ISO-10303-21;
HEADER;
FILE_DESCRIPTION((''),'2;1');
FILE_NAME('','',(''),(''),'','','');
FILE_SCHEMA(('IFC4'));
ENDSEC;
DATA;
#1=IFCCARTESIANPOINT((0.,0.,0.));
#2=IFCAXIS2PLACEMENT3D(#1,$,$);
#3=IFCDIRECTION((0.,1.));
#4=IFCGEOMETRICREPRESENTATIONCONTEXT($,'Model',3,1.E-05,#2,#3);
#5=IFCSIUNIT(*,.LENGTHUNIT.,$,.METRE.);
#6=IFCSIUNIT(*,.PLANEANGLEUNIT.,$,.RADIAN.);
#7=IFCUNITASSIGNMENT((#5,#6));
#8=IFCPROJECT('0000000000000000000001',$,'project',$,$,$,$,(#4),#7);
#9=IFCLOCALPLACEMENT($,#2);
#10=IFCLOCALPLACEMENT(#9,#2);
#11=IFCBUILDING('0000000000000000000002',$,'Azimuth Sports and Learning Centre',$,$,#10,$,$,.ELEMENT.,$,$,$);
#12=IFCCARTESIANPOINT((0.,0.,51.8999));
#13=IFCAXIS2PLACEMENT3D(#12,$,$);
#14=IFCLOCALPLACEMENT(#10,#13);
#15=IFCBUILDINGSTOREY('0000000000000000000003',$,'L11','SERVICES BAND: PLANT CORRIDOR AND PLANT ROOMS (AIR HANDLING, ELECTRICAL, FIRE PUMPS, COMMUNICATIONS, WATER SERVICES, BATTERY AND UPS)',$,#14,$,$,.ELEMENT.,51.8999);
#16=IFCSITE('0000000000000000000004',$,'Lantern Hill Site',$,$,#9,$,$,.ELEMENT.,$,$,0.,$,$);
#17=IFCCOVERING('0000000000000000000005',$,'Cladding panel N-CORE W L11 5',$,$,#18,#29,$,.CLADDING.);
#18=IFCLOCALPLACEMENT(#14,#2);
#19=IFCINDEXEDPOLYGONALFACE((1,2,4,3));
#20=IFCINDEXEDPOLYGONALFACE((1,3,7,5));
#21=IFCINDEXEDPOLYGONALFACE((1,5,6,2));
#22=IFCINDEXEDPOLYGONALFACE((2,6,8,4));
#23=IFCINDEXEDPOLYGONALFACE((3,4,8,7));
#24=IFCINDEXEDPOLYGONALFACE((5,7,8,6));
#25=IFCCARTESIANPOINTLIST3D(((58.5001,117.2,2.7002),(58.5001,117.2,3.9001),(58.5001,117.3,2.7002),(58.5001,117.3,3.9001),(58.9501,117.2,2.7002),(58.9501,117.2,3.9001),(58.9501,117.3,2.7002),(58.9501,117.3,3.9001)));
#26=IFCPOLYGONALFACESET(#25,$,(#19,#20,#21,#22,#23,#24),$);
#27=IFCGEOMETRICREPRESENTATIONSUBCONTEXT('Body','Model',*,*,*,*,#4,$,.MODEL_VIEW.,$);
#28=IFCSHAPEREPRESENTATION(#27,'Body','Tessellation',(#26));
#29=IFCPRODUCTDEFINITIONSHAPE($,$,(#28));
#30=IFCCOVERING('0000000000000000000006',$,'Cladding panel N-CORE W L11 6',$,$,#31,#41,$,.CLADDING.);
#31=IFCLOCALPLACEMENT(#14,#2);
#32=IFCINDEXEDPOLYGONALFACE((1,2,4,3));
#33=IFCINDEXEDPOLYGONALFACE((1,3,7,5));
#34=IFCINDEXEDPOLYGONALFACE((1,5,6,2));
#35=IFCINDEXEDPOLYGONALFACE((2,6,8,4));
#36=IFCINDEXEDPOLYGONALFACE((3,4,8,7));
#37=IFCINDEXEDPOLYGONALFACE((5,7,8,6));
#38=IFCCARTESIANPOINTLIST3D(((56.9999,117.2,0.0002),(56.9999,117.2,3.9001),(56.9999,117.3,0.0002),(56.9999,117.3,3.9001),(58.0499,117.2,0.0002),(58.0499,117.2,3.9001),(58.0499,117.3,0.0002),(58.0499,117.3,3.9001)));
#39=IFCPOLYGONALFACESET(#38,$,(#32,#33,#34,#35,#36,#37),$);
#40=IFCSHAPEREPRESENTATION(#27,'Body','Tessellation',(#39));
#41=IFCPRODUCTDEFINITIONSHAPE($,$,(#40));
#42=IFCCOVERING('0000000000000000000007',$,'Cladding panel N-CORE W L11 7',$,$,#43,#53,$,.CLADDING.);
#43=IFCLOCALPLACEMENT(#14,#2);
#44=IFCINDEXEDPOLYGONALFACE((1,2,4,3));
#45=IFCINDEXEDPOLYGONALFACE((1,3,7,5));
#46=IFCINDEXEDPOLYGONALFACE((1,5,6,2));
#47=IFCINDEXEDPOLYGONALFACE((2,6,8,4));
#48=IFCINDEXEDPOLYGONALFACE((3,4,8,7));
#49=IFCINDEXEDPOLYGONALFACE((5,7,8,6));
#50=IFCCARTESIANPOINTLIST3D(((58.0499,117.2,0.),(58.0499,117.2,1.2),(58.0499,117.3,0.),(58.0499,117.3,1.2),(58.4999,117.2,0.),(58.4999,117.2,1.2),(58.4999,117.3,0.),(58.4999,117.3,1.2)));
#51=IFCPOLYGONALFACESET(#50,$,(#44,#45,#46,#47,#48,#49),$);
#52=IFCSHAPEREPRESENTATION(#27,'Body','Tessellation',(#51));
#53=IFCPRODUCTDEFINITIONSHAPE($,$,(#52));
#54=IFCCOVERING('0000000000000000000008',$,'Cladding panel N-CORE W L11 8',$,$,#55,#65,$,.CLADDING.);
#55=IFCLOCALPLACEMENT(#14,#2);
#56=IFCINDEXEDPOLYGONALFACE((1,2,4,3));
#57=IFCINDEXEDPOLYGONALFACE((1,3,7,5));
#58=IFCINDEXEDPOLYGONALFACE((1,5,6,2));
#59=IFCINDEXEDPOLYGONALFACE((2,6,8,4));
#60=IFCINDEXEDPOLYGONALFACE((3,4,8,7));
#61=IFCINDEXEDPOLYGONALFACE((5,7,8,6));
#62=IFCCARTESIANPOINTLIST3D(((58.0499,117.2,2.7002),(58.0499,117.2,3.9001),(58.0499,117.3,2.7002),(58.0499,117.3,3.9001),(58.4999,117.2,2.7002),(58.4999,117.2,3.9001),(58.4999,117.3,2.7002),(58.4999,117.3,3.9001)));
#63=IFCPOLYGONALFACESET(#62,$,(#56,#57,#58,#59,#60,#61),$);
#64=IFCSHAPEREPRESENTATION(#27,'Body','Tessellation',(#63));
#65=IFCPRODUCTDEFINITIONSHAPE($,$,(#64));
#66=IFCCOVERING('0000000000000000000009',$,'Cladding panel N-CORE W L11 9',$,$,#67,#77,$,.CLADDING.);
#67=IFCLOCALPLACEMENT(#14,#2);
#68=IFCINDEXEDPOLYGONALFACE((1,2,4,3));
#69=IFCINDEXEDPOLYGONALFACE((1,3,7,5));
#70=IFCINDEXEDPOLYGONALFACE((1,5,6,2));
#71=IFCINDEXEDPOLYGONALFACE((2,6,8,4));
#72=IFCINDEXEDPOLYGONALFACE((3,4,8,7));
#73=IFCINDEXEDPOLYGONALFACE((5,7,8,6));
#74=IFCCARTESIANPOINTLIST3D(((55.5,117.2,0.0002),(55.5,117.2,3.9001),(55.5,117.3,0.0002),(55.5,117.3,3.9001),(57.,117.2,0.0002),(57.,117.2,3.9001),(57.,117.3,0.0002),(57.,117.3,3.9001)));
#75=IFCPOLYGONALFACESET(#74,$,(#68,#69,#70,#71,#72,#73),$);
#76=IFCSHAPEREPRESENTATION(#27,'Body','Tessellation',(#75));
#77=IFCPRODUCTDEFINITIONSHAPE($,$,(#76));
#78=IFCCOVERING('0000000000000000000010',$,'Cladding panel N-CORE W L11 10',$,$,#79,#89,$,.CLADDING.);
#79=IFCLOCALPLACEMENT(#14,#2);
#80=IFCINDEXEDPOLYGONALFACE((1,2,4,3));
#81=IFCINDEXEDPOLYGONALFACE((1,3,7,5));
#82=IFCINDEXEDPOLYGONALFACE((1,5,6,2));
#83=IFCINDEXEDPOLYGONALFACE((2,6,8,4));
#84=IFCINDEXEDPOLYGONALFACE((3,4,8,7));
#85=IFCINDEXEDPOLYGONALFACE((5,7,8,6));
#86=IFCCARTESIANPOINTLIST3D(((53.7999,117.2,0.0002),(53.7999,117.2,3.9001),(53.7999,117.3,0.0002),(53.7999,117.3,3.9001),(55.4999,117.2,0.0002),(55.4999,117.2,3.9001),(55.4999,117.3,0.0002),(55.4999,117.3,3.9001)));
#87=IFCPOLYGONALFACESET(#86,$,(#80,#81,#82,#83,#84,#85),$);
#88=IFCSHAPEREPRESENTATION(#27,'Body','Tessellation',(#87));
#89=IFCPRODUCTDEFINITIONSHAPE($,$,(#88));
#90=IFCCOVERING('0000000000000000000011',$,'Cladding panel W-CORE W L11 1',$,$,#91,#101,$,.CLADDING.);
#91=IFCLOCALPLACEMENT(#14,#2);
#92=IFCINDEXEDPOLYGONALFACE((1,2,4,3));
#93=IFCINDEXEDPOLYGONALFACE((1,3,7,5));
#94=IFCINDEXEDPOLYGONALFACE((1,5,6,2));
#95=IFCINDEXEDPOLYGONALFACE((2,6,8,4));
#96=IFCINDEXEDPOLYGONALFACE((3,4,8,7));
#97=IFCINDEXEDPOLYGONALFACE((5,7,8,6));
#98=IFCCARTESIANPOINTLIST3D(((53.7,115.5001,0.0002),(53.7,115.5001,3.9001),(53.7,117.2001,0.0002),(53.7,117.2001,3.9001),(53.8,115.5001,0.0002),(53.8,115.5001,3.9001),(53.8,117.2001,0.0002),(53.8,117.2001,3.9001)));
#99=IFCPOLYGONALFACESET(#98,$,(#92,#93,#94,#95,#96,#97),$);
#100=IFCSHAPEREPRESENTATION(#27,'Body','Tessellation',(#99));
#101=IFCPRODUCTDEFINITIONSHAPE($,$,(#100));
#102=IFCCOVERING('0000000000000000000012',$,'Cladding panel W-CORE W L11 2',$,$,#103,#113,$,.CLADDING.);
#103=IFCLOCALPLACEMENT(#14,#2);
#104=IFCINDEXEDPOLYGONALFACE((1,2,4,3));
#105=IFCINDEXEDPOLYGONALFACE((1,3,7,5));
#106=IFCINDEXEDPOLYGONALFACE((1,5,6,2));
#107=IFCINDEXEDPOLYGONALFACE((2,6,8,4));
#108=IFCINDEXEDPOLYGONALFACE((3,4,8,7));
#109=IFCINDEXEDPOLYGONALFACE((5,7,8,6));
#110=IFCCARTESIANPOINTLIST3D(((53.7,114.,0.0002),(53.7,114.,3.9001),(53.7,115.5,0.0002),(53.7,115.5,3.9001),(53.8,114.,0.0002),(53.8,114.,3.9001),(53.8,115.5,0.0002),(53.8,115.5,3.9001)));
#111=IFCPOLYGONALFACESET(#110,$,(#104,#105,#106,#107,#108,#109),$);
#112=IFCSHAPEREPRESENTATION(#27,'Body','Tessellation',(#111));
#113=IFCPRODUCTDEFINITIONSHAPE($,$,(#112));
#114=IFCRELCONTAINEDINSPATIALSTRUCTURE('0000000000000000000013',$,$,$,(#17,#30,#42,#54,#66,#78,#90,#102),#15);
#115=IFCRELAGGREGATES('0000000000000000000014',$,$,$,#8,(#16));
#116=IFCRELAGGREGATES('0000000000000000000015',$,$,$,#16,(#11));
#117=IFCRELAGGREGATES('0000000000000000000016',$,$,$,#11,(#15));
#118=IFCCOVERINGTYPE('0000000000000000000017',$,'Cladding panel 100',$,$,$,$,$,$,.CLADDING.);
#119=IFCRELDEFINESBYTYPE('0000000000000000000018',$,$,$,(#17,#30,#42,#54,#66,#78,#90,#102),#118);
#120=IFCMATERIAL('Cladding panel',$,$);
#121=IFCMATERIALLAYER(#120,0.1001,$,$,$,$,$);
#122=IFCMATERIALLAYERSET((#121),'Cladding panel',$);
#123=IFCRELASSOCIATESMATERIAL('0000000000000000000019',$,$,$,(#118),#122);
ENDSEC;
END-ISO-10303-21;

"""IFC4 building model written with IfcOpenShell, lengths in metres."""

from ifc_helpers import new_model, si_unit, direction, frame, origin, origin_2d, place, context, subcontext, project, spatial, rectangle, extrude, material, layer, layer_set, type_object, element, save


model = new_model("IFC4")

# Units and contexts
model_context = context("Model", 3, precision=1e-05, world=origin(), true_north=direction((0.0, 1.0)))
body_context = subcontext(model_context, "Body", "Model", "MODEL_VIEW")
ifc_project = project(units=[si_unit("LENGTHUNIT", "METRE"), si_unit("PLANEANGLEUNIT", "RADIAN")], contexts=[model_context])

# Site, building, storey
site_placement = place(None, origin())
site = spatial("IfcSite", under=ifc_project, at=site_placement, Name="Lantern Hill Site", CompositionType="ELEMENT", RefElevation=0.0)
building_placement = place(site_placement, origin())
building = spatial("IfcBuilding", under=site, at=building_placement, Name="Azimuth Sports and Learning Centre", CompositionType="ELEMENT")
storey_placement = place(building_placement, frame((0.0, 0.0, 51.8999)))
storey = spatial("IfcBuildingStorey", under=building, at=storey_placement, Name="L11", Description="SERVICES BAND: PLANT CORRIDOR AND PLANT ROOMS (AIR HANDLING, ELECTRICAL, FIRE PUMPS, COMMUNICATIONS, WATER SERVICES, BATTERY AND UPS)", CompositionType="ELEMENT", Elevation=51.8999)

# Coverings
ifc_material_1 = material(Name="Cladding panel")
ifc_layer_1 = layer(ifc_material_1, 0.1001)
ifc_layer_set_1 = layer_set([ifc_layer_1], Name="Cladding panel")
covering_type = type_object("IfcCoveringType", Name="Cladding panel 100", PredefinedType="CLADDING", material=ifc_layer_set_1)
for number, where, z_axis, x_axis, name in (
    (1, (58.7251, 117.25, 2.7002), (0.0, 0.0, 1.0), (-1.0, 0.0, 0.0), "Cladding panel N-CORE W L11 5"),
):
    element("IfcCovering", number, at=place(storey_placement, frame(where, z_axis=z_axis, x_axis=x_axis)), inside=storey, type_object=covering_type, Name=name, PredefinedType="CLADDING", context=body_context, shape_type="SweptSolid", body=[
        extrude(rectangle(XDim=0.45, YDim=0.1001, at=origin_2d()), origin(), (0.0, 0.0, 1.0), 1.2),
    ])
covering_1_placement = place(storey_placement, frame((57.5249, 117.25, 0.0002), z_axis=(0.0, 0.0, 1.0), x_axis=(-1.0, 0.0, 0.0)))
element("IfcCovering", 2, at=covering_1_placement, inside=storey, type_object=covering_type, Name="Cladding panel N-CORE W L11 6", PredefinedType="CLADDING", context=body_context, shape_type="SweptSolid", body=[
    extrude(rectangle(XDim=1.05, YDim=0.1001, at=origin_2d()), origin(), (0.0, 0.0, 1.0), 3.8999),
])
for number, where, z_axis, x_axis, name in (
    (3, (58.2749, 117.25, 0.0), (0.0, 0.0, 1.0), (-1.0, 0.0, 0.0), "Cladding panel N-CORE W L11 7"),
    (4, (58.2749, 117.25, 2.7002), (0.0, 0.0, 1.0), (-1.0, 0.0, 0.0), "Cladding panel N-CORE W L11 8"),
):
    element("IfcCovering", number, at=place(storey_placement, frame(where, z_axis=z_axis, x_axis=x_axis)), inside=storey, type_object=covering_type, Name=name, PredefinedType="CLADDING", context=body_context, shape_type="SweptSolid", body=[
        extrude(rectangle(XDim=0.45, YDim=0.1001, at=origin_2d()), origin(), (0.0, 0.0, 1.0), 1.2),
    ])
covering_2_placement = place(storey_placement, frame((56.25, 117.25, 0.0002), z_axis=(0.0, 0.0, 1.0), x_axis=(-1.0, 0.0, 0.0)))
element("IfcCovering", 5, at=covering_2_placement, inside=storey, type_object=covering_type, Name="Cladding panel N-CORE W L11 9", PredefinedType="CLADDING", context=body_context, shape_type="SweptSolid", body=[
    extrude(rectangle(XDim=1.5, YDim=0.1001, at=origin_2d()), origin(), (0.0, 0.0, 1.0), 3.8999),
])
for number, where, z_axis, x_axis, name in (
    (6, (54.6499, 117.25, 0.0002), (0.0, 0.0, 1.0), (-1.0, 0.0, 0.0), "Cladding panel N-CORE W L11 10"),
    (7, (53.75, 116.3501, 0.0002), (0.0, 0.0, 1.0), (0.0, -1.0, 0.0), "Cladding panel W-CORE W L11 1"),
):
    element("IfcCovering", number, at=place(storey_placement, frame(where, z_axis=z_axis, x_axis=x_axis)), inside=storey, type_object=covering_type, Name=name, PredefinedType="CLADDING", context=body_context, shape_type="SweptSolid", body=[
        extrude(rectangle(XDim=1.7, YDim=0.1001, at=origin_2d()), origin(), (0.0, 0.0, 1.0), 3.8999),
    ])
covering_3_placement = place(storey_placement, frame((53.75, 114.75, 0.0002), z_axis=(0.0, 0.0, 1.0), x_axis=(0.0, -1.0, 0.0)))
element("IfcCovering", 8, at=covering_3_placement, inside=storey, type_object=covering_type, Name="Cladding panel W-CORE W L11 2", PredefinedType="CLADDING", context=body_context, shape_type="SweptSolid", body=[
    extrude(rectangle(XDim=1.5, YDim=0.1001, at=origin_2d()), origin(), (0.0, 0.0, 1.0), 3.8999),
])

save(model, "model.ifc")
